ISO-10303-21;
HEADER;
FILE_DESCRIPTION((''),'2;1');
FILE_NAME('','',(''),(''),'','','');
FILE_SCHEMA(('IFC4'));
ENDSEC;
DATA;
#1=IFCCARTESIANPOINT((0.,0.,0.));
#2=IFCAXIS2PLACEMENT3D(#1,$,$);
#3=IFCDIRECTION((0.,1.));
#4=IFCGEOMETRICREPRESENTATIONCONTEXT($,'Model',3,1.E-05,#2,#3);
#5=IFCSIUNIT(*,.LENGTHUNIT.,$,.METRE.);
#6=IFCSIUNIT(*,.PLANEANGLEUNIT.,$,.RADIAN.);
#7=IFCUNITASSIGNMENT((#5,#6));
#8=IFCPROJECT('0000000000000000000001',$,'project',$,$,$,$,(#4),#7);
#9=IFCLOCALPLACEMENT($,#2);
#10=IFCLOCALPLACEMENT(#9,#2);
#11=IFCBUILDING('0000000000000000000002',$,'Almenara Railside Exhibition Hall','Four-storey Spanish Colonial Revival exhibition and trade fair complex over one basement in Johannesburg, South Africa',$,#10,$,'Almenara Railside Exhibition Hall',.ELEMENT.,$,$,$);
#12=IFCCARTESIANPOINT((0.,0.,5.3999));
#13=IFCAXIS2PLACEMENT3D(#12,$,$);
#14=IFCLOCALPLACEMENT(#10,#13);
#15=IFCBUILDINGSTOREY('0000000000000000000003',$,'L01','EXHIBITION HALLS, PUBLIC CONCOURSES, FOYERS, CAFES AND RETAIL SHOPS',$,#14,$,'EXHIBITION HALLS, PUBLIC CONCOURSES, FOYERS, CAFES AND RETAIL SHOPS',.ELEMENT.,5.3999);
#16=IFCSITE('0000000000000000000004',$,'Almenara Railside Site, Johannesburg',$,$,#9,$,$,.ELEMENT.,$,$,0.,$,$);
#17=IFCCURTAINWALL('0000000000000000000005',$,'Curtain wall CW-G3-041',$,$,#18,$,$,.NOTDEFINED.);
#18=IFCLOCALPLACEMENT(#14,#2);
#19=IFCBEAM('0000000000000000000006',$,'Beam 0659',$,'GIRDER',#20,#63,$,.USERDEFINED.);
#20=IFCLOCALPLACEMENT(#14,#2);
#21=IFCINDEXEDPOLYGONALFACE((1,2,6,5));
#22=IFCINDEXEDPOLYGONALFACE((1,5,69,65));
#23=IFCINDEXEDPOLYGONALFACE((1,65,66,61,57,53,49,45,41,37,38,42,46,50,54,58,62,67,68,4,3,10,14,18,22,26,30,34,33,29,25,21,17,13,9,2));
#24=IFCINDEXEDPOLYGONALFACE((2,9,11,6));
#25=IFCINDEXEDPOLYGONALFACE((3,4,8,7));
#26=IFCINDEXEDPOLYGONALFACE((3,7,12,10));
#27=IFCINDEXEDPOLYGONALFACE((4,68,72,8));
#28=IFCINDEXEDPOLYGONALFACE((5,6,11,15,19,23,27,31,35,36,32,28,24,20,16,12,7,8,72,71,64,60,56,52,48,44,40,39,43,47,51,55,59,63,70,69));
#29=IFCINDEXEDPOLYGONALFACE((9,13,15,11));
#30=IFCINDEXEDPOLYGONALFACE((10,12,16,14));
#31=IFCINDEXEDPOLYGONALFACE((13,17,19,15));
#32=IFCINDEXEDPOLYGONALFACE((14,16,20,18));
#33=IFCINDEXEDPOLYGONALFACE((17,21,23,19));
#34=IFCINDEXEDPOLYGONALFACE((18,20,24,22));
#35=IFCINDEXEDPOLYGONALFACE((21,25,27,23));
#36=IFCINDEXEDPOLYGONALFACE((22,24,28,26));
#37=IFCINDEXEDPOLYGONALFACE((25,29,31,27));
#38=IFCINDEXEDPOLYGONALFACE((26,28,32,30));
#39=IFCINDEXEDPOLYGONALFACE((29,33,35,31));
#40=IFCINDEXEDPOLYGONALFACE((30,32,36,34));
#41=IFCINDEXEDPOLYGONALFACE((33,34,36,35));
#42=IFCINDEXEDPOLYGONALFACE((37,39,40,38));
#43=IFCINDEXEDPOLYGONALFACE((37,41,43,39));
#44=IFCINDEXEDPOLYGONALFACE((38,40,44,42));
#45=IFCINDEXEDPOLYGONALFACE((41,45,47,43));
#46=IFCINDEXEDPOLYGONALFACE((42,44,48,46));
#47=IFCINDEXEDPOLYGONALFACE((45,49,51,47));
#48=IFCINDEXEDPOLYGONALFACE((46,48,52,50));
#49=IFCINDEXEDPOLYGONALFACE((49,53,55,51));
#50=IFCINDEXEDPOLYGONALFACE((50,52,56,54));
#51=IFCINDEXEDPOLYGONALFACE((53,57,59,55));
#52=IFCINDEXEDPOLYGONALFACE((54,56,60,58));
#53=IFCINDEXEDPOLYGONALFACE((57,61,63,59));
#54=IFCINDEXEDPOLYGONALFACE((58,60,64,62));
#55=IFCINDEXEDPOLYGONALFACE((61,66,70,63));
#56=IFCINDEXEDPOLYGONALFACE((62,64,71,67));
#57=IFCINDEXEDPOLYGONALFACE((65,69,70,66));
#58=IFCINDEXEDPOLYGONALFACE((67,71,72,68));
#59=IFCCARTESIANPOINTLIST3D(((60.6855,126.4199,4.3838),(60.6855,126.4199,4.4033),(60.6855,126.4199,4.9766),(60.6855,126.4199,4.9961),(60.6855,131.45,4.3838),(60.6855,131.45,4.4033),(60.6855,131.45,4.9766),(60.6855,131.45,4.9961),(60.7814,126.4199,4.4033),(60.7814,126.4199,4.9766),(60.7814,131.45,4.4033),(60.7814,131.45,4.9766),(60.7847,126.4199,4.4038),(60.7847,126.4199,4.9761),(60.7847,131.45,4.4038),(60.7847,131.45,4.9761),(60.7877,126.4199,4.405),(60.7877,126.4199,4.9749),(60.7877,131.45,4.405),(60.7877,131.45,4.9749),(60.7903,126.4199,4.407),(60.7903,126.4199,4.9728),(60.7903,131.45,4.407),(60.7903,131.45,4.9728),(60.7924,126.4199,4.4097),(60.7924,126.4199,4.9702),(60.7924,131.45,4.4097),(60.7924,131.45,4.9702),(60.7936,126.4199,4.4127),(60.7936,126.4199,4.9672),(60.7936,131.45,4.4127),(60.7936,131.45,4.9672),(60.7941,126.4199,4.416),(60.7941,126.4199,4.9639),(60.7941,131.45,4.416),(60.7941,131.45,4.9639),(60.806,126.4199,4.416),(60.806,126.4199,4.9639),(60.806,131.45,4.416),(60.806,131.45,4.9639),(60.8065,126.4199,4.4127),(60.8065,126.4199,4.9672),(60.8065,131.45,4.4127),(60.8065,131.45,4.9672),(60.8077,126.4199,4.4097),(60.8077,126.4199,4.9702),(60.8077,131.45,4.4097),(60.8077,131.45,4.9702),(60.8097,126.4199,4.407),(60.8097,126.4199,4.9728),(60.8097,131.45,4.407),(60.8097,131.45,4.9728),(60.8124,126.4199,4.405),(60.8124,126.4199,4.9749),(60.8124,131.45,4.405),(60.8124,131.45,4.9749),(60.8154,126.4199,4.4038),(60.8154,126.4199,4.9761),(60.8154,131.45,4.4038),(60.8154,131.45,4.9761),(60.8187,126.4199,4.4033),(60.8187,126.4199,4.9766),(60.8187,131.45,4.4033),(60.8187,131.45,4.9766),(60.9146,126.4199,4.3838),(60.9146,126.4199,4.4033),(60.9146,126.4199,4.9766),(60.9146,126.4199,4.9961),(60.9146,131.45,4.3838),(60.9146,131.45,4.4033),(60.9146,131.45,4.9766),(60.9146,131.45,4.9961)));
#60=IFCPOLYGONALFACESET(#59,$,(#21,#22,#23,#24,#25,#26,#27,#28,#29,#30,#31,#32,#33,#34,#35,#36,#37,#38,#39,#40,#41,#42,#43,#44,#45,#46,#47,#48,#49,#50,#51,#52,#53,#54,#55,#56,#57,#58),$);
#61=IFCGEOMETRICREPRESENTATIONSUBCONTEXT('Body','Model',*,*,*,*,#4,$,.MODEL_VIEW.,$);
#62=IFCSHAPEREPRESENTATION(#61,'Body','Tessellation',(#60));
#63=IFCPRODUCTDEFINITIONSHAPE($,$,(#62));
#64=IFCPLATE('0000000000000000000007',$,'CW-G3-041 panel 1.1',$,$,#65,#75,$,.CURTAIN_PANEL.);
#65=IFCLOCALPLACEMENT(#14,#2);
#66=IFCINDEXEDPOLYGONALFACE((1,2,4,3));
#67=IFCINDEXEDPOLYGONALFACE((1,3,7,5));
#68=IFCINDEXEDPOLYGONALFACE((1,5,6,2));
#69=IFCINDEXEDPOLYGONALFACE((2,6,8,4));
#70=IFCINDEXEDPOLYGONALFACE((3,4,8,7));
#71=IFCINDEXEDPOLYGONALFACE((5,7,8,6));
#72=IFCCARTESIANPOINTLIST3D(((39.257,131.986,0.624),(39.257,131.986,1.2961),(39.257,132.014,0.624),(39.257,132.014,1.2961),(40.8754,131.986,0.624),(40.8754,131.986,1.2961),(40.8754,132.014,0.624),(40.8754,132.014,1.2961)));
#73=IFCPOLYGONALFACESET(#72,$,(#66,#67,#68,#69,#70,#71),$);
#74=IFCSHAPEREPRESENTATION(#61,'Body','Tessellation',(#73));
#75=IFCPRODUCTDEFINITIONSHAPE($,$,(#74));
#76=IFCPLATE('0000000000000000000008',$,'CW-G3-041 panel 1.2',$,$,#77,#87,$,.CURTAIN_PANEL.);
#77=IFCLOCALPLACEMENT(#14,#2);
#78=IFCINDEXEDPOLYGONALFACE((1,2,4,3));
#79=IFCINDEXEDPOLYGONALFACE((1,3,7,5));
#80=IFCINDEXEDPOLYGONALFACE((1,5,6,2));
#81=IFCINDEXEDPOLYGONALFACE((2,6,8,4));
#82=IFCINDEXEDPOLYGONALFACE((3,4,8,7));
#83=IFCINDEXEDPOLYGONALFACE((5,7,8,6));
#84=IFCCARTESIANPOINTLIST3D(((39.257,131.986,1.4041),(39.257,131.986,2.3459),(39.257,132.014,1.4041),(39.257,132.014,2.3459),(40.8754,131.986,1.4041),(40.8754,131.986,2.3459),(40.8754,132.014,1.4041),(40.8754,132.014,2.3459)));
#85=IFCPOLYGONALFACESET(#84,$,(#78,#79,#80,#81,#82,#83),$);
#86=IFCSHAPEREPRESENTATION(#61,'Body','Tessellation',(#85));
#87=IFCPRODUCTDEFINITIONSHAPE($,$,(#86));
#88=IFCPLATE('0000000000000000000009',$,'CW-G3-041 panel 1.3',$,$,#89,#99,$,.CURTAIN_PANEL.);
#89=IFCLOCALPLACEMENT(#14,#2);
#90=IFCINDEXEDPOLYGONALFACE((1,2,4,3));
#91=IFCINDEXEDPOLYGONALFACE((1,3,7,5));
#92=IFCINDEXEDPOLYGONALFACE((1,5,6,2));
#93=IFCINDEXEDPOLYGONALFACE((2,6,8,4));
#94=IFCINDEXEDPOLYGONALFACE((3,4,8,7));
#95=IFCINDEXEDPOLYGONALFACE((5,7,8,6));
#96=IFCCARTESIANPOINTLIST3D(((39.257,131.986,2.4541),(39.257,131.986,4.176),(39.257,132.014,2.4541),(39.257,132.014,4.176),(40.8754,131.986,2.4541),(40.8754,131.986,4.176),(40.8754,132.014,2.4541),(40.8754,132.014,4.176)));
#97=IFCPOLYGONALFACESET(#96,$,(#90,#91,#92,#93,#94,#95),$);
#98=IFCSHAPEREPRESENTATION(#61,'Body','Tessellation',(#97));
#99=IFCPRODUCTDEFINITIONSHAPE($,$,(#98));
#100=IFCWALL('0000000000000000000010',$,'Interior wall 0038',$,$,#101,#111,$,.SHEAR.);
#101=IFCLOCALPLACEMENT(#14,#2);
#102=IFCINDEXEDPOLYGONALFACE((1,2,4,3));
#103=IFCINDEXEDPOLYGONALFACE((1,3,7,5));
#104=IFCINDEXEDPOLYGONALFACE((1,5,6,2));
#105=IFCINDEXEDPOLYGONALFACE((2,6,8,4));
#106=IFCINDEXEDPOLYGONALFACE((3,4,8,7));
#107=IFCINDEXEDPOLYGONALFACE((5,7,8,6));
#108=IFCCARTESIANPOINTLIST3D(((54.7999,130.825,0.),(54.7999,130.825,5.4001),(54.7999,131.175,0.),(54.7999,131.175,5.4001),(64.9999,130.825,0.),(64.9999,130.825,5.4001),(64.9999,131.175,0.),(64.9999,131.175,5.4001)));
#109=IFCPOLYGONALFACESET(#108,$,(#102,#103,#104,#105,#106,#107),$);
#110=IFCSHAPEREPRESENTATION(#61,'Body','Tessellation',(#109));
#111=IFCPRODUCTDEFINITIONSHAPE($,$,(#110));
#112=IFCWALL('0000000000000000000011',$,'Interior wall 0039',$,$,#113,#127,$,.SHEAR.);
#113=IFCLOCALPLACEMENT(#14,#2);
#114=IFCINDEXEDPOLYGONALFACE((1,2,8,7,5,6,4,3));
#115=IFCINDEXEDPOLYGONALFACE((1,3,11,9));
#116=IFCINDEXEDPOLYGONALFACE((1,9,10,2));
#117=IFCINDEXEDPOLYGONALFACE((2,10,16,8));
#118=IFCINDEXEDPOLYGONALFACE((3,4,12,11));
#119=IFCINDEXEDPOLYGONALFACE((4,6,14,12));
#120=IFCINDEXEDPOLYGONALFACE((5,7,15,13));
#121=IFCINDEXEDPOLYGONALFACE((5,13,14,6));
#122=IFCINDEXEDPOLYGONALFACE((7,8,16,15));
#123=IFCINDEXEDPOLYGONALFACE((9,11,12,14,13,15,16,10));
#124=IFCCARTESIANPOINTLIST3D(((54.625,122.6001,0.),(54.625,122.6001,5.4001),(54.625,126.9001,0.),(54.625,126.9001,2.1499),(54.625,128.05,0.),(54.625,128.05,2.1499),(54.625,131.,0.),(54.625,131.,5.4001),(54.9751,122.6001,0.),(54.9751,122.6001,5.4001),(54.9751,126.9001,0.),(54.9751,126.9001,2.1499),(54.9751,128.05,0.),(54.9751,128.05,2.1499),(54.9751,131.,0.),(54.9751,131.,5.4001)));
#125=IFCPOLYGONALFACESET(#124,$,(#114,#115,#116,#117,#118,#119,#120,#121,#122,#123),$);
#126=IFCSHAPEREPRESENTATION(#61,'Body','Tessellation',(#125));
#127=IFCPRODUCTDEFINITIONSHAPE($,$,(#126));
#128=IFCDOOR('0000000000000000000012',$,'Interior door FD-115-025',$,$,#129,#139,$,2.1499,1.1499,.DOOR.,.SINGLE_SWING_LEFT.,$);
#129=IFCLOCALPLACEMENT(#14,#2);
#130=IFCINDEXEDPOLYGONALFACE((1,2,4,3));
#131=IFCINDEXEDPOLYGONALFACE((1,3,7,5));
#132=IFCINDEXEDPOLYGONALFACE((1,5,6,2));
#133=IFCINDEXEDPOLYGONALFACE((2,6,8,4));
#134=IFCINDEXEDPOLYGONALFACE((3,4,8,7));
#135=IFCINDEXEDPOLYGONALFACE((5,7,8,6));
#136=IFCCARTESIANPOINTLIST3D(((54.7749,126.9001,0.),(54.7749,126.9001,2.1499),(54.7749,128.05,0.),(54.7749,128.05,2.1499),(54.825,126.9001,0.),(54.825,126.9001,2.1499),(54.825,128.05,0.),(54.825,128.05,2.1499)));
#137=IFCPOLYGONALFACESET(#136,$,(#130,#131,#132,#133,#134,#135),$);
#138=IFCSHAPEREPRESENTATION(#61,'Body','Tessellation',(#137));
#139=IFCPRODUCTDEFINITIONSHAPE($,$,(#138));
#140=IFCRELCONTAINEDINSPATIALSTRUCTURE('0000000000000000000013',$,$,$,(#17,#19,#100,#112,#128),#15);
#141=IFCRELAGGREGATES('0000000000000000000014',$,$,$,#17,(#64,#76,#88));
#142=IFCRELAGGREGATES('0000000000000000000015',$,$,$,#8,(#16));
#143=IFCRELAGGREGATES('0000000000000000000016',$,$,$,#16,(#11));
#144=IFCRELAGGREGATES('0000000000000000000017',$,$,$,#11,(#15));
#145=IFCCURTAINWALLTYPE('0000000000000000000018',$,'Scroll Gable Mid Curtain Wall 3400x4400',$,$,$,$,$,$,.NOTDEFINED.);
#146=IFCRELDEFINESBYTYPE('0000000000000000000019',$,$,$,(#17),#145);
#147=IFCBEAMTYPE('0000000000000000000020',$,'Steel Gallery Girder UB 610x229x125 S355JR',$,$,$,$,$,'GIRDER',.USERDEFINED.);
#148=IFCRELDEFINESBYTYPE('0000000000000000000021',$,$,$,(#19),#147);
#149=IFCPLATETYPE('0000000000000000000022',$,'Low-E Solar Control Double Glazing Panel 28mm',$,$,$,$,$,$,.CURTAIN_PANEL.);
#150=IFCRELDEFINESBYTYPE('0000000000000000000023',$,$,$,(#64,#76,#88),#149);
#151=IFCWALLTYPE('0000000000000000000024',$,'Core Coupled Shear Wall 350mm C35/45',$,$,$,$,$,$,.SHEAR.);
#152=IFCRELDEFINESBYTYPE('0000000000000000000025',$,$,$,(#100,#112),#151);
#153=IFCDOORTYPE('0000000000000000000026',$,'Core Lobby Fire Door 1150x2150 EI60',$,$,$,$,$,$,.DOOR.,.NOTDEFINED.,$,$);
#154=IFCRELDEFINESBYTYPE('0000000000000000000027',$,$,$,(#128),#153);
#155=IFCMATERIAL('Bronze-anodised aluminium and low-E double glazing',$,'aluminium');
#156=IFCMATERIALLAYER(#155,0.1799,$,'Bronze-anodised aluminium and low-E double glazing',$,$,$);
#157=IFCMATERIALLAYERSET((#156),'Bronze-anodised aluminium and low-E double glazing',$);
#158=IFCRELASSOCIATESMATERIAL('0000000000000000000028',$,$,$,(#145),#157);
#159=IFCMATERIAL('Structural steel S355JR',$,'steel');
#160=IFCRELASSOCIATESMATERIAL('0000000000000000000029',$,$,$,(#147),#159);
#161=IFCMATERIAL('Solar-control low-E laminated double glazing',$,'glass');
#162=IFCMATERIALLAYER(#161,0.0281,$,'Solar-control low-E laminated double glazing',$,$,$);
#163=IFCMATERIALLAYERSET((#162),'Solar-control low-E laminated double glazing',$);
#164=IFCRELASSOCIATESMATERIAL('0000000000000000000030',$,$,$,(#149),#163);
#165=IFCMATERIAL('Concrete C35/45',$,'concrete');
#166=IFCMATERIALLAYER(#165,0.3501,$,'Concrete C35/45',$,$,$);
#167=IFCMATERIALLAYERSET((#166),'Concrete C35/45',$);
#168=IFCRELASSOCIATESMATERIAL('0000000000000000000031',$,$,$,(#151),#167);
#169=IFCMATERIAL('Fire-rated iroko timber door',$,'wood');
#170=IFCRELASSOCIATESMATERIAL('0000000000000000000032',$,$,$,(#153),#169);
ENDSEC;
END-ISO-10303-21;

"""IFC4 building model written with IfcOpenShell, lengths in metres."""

from ifc_helpers import new_model, si_unit, direction, frame, frame_2d, origin, origin_2d, place, context, subcontext, project, spatial, rectangle, i_section, extrude, material, layer, layer_set, material_profile, profile_set, type_object, element, fill, aggregate, save


model = new_model("IFC4")

# Units and contexts
model_context = context("Model", 3, precision=1e-05, world=origin(), true_north=direction((0.0, 1.0)))
body_context = subcontext(model_context, "Body", "Model", "MODEL_VIEW")
ifc_project = project(units=[si_unit("LENGTHUNIT", "METRE"), si_unit("PLANEANGLEUNIT", "RADIAN")], contexts=[model_context])

# Site, building, storey
site_placement = place(None, origin())
site = spatial("IfcSite", under=ifc_project, at=site_placement, Name="Almenara Railside Site, Johannesburg", CompositionType="ELEMENT", RefElevation=0.0)
building_placement = place(site_placement, origin())
building = spatial("IfcBuilding", under=site, at=building_placement, Name="Almenara Railside Exhibition Hall", Description="Four-storey Spanish Colonial Revival exhibition and trade fair complex over one basement in Johannesburg, South Africa", LongName="Almenara Railside Exhibition Hall", CompositionType="ELEMENT")
storey_placement = place(building_placement, frame((0.0, 0.0, 5.3999)))
storey = spatial("IfcBuildingStorey", under=building, at=storey_placement, Name="L01", Description="EXHIBITION HALLS, PUBLIC CONCOURSES, FOYERS, CAFES AND RETAIL SHOPS", LongName="EXHIBITION HALLS, PUBLIC CONCOURSES, FOYERS, CAFES AND RETAIL SHOPS", CompositionType="ELEMENT", Elevation=5.3999)

# Curtain wall
ifc_material_1 = material(Name="Bronze-anodised aluminium and low-E double glazing", Category="aluminium")
ifc_layer_1 = layer(ifc_material_1, 0.1799, Name="Bronze-anodised aluminium and low-E double glazing")
ifc_layer_set_1 = layer_set([ifc_layer_1], Name="Bronze-anodised aluminium and low-E double glazing")
curtain_wall_type = type_object("IfcCurtainWallType", Name="Scroll Gable Mid Curtain Wall 3400x4400", PredefinedType="NOTDEFINED", material=ifc_layer_set_1)
curtain_wall_placement = place(storey_placement, origin())
curtain_wall = element("IfcCurtainWall", 1, at=curtain_wall_placement, inside=storey, type_object=curtain_wall_type, Name="Curtain wall CW-G3-041", PredefinedType="NOTDEFINED")

# Beam
ifc_material_2 = material(Name="Structural steel S355JR", Category="steel")
ifc_material_profile_1 = material_profile(ifc_material_2, i_section(OverallWidth=0.229, OverallDepth=0.6123, WebThickness=0.012, FlangeThickness=0.0195, FilletRadius=0.0127, at=origin_2d()), Name="UB 610x229x125")
ifc_profile_set_1 = profile_set([ifc_material_profile_1], Name="Structural steel S355JR")
beam_type_1 = type_object("IfcBeamType", Name="Steel Gallery Girder UB 610x229x125 S355JR", ElementType="GIRDER", PredefinedType="USERDEFINED", material=ifc_profile_set_1)
beam_1_placement = place(storey_placement, frame((60.8, 126.4199, 4.6899), z_axis=(0.0, 1.0, 0.0), x_axis=(-1.0, 0.0, 0.0)))
element("IfcBeam", 2, at=beam_1_placement, inside=storey, type_object=beam_type_1, Name="Beam 0659", ObjectType="GIRDER", PredefinedType="USERDEFINED", context=body_context, shape_type="SweptSolid", body=[
    extrude(i_section(OverallWidth=0.229, OverallDepth=0.6123, WebThickness=0.012, FlangeThickness=0.0195, FilletRadius=0.0127, at=origin_2d()), origin(), (0.0, 0.0, 1.0), 5.03),
])

# Plates
ifc_material_3 = material(Name="Solar-control low-E laminated double glazing", Category="glass")
ifc_layer_2 = layer(ifc_material_3, 0.0281, Name="Solar-control low-E laminated double glazing")
ifc_layer_set_2 = layer_set([ifc_layer_2], Name="Solar-control low-E laminated double glazing")
plate_type = type_object("IfcPlateType", Name="Low-E Solar Control Double Glazing Panel 28mm", PredefinedType="CURTAIN_PANEL", material=ifc_layer_set_2)
plate_1_placement = place(storey_placement, frame((40.0662, 132.0, 0.624), z_axis=(0.0, 0.0, 1.0), x_axis=(1.0, 0.0, 0.0)))
plate_1 = element("IfcPlate", 3, at=plate_1_placement, type_object=plate_type, Name="CW-G3-041 panel 1.1", PredefinedType="CURTAIN_PANEL", context=body_context, shape_type="SweptSolid", body=[
    extrude(rectangle(XDim=1.6184, YDim=0.0281, at=origin_2d()), origin(), (0.0, 0.0, 1.0), 0.6721),
])
plate_2_placement = place(storey_placement, frame((40.0662, 132.0, 1.4041), z_axis=(0.0, 0.0, 1.0), x_axis=(1.0, 0.0, 0.0)))
plate_2 = element("IfcPlate", 4, at=plate_2_placement, type_object=plate_type, Name="CW-G3-041 panel 1.2", PredefinedType="CURTAIN_PANEL", context=body_context, shape_type="SweptSolid", body=[
    extrude(rectangle(XDim=1.6184, YDim=0.0281, at=origin_2d()), origin(), (0.0, 0.0, 1.0), 0.9419),
])
plate_3_placement = place(storey_placement, frame((40.0662, 132.0, 2.4541), z_axis=(0.0, 0.0, 1.0), x_axis=(1.0, 0.0, 0.0)))
plate_3 = element("IfcPlate", 5, at=plate_3_placement, type_object=plate_type, Name="CW-G3-041 panel 1.3", PredefinedType="CURTAIN_PANEL", context=body_context, shape_type="SweptSolid", body=[
    extrude(rectangle(XDim=1.6184, YDim=0.0281, at=origin_2d()), origin(), (0.0, 0.0, 1.0), 1.7219),
])
aggregate(curtain_wall, [plate_1, plate_2, plate_3])

# Wall
ifc_material_4 = material(Name="Concrete C35/45", Category="concrete")
ifc_layer_3 = layer(ifc_material_4, 0.3501, Name="Concrete C35/45")
ifc_layer_set_3 = layer_set([ifc_layer_3], Name="Concrete C35/45")
wall_type_1 = type_object("IfcWallType", Name="Core Coupled Shear Wall 350mm C35/45", PredefinedType="SHEAR", material=ifc_layer_set_3)
wall_1_placement = place(storey_placement, frame((65.0, 131.0, 0.0), z_axis=(0.0, 0.0, 1.0), x_axis=(-1.0, 0.0, 0.0)))
element("IfcWall", 6, at=wall_1_placement, inside=storey, type_object=wall_type_1, Name="Interior wall 0038", PredefinedType="SHEAR", context=body_context, shape_type="SweptSolid", body=[
    extrude(rectangle(XDim=10.2, YDim=0.3501, at=frame_2d((5.1001, 0.0))), origin(), (0.0, 0.0, 1.0), 5.4001),
])

# Wall, opening, door
wall_2_placement = place(storey_placement, frame((54.8, 131.0, 0.0), z_axis=(0.0, 0.0, 1.0), x_axis=(0.0, -1.0, 0.0)))
wall_2 = element("IfcWall", 7, at=wall_2_placement, inside=storey, type_object=wall_type_1, Name="Interior wall 0039", PredefinedType="SHEAR", context=body_context, shape_type="SweptSolid", body=[
    extrude(rectangle(XDim=8.3999, YDim=0.3501, at=frame_2d((4.2, 0.0))), origin(), (0.0, 0.0, 1.0), 5.4001),
])
opening_1_placement = place(wall_2_placement, frame((2.95, 0.0, 0.0)))
opening_1 = element("IfcOpeningElement", 8, at=opening_1_placement, cuts=wall_2, PredefinedType="OPENING", context=body_context, shape_type="SweptSolid", body=[
    extrude(rectangle(XDim=1.1499, YDim=2.1499, at=frame_2d((0.575, 1.075))), frame((0.0, 0.1851, 0.0), z_axis=(0.0, -1.0, 0.0), x_axis=(1.0, 0.0, 0.0)), (0.0, 0.0, 1.0), 0.3701),
])
ifc_material_5 = material(Name="Fire-rated iroko timber door", Category="wood")
door_type_1 = type_object("IfcDoorType", Name="Core Lobby Fire Door 1150x2150 EI60", OperationType="NOTDEFINED", PredefinedType="DOOR", material=ifc_material_5)
door_1_placement = place(opening_1_placement, origin())
door_1 = element("IfcDoor", 9, at=door_1_placement, inside=storey, type_object=door_type_1, Name="Interior door FD-115-025", OperationType="SINGLE_SWING_LEFT", OverallHeight=2.1499, OverallWidth=1.1499, PredefinedType="DOOR", context=body_context, shape_type="SweptSolid", body=[
    extrude(rectangle(XDim=1.1499, YDim=2.1499, at=frame_2d((0.575, 1.075))), frame((0.0, 0.0249, 0.0), z_axis=(0.0, -1.0, 0.0), x_axis=(1.0, 0.0, 0.0)), (0.0, 0.0, 1.0), 0.05),
])
fill(opening_1, door_1)

save(model, "model.ifc")
